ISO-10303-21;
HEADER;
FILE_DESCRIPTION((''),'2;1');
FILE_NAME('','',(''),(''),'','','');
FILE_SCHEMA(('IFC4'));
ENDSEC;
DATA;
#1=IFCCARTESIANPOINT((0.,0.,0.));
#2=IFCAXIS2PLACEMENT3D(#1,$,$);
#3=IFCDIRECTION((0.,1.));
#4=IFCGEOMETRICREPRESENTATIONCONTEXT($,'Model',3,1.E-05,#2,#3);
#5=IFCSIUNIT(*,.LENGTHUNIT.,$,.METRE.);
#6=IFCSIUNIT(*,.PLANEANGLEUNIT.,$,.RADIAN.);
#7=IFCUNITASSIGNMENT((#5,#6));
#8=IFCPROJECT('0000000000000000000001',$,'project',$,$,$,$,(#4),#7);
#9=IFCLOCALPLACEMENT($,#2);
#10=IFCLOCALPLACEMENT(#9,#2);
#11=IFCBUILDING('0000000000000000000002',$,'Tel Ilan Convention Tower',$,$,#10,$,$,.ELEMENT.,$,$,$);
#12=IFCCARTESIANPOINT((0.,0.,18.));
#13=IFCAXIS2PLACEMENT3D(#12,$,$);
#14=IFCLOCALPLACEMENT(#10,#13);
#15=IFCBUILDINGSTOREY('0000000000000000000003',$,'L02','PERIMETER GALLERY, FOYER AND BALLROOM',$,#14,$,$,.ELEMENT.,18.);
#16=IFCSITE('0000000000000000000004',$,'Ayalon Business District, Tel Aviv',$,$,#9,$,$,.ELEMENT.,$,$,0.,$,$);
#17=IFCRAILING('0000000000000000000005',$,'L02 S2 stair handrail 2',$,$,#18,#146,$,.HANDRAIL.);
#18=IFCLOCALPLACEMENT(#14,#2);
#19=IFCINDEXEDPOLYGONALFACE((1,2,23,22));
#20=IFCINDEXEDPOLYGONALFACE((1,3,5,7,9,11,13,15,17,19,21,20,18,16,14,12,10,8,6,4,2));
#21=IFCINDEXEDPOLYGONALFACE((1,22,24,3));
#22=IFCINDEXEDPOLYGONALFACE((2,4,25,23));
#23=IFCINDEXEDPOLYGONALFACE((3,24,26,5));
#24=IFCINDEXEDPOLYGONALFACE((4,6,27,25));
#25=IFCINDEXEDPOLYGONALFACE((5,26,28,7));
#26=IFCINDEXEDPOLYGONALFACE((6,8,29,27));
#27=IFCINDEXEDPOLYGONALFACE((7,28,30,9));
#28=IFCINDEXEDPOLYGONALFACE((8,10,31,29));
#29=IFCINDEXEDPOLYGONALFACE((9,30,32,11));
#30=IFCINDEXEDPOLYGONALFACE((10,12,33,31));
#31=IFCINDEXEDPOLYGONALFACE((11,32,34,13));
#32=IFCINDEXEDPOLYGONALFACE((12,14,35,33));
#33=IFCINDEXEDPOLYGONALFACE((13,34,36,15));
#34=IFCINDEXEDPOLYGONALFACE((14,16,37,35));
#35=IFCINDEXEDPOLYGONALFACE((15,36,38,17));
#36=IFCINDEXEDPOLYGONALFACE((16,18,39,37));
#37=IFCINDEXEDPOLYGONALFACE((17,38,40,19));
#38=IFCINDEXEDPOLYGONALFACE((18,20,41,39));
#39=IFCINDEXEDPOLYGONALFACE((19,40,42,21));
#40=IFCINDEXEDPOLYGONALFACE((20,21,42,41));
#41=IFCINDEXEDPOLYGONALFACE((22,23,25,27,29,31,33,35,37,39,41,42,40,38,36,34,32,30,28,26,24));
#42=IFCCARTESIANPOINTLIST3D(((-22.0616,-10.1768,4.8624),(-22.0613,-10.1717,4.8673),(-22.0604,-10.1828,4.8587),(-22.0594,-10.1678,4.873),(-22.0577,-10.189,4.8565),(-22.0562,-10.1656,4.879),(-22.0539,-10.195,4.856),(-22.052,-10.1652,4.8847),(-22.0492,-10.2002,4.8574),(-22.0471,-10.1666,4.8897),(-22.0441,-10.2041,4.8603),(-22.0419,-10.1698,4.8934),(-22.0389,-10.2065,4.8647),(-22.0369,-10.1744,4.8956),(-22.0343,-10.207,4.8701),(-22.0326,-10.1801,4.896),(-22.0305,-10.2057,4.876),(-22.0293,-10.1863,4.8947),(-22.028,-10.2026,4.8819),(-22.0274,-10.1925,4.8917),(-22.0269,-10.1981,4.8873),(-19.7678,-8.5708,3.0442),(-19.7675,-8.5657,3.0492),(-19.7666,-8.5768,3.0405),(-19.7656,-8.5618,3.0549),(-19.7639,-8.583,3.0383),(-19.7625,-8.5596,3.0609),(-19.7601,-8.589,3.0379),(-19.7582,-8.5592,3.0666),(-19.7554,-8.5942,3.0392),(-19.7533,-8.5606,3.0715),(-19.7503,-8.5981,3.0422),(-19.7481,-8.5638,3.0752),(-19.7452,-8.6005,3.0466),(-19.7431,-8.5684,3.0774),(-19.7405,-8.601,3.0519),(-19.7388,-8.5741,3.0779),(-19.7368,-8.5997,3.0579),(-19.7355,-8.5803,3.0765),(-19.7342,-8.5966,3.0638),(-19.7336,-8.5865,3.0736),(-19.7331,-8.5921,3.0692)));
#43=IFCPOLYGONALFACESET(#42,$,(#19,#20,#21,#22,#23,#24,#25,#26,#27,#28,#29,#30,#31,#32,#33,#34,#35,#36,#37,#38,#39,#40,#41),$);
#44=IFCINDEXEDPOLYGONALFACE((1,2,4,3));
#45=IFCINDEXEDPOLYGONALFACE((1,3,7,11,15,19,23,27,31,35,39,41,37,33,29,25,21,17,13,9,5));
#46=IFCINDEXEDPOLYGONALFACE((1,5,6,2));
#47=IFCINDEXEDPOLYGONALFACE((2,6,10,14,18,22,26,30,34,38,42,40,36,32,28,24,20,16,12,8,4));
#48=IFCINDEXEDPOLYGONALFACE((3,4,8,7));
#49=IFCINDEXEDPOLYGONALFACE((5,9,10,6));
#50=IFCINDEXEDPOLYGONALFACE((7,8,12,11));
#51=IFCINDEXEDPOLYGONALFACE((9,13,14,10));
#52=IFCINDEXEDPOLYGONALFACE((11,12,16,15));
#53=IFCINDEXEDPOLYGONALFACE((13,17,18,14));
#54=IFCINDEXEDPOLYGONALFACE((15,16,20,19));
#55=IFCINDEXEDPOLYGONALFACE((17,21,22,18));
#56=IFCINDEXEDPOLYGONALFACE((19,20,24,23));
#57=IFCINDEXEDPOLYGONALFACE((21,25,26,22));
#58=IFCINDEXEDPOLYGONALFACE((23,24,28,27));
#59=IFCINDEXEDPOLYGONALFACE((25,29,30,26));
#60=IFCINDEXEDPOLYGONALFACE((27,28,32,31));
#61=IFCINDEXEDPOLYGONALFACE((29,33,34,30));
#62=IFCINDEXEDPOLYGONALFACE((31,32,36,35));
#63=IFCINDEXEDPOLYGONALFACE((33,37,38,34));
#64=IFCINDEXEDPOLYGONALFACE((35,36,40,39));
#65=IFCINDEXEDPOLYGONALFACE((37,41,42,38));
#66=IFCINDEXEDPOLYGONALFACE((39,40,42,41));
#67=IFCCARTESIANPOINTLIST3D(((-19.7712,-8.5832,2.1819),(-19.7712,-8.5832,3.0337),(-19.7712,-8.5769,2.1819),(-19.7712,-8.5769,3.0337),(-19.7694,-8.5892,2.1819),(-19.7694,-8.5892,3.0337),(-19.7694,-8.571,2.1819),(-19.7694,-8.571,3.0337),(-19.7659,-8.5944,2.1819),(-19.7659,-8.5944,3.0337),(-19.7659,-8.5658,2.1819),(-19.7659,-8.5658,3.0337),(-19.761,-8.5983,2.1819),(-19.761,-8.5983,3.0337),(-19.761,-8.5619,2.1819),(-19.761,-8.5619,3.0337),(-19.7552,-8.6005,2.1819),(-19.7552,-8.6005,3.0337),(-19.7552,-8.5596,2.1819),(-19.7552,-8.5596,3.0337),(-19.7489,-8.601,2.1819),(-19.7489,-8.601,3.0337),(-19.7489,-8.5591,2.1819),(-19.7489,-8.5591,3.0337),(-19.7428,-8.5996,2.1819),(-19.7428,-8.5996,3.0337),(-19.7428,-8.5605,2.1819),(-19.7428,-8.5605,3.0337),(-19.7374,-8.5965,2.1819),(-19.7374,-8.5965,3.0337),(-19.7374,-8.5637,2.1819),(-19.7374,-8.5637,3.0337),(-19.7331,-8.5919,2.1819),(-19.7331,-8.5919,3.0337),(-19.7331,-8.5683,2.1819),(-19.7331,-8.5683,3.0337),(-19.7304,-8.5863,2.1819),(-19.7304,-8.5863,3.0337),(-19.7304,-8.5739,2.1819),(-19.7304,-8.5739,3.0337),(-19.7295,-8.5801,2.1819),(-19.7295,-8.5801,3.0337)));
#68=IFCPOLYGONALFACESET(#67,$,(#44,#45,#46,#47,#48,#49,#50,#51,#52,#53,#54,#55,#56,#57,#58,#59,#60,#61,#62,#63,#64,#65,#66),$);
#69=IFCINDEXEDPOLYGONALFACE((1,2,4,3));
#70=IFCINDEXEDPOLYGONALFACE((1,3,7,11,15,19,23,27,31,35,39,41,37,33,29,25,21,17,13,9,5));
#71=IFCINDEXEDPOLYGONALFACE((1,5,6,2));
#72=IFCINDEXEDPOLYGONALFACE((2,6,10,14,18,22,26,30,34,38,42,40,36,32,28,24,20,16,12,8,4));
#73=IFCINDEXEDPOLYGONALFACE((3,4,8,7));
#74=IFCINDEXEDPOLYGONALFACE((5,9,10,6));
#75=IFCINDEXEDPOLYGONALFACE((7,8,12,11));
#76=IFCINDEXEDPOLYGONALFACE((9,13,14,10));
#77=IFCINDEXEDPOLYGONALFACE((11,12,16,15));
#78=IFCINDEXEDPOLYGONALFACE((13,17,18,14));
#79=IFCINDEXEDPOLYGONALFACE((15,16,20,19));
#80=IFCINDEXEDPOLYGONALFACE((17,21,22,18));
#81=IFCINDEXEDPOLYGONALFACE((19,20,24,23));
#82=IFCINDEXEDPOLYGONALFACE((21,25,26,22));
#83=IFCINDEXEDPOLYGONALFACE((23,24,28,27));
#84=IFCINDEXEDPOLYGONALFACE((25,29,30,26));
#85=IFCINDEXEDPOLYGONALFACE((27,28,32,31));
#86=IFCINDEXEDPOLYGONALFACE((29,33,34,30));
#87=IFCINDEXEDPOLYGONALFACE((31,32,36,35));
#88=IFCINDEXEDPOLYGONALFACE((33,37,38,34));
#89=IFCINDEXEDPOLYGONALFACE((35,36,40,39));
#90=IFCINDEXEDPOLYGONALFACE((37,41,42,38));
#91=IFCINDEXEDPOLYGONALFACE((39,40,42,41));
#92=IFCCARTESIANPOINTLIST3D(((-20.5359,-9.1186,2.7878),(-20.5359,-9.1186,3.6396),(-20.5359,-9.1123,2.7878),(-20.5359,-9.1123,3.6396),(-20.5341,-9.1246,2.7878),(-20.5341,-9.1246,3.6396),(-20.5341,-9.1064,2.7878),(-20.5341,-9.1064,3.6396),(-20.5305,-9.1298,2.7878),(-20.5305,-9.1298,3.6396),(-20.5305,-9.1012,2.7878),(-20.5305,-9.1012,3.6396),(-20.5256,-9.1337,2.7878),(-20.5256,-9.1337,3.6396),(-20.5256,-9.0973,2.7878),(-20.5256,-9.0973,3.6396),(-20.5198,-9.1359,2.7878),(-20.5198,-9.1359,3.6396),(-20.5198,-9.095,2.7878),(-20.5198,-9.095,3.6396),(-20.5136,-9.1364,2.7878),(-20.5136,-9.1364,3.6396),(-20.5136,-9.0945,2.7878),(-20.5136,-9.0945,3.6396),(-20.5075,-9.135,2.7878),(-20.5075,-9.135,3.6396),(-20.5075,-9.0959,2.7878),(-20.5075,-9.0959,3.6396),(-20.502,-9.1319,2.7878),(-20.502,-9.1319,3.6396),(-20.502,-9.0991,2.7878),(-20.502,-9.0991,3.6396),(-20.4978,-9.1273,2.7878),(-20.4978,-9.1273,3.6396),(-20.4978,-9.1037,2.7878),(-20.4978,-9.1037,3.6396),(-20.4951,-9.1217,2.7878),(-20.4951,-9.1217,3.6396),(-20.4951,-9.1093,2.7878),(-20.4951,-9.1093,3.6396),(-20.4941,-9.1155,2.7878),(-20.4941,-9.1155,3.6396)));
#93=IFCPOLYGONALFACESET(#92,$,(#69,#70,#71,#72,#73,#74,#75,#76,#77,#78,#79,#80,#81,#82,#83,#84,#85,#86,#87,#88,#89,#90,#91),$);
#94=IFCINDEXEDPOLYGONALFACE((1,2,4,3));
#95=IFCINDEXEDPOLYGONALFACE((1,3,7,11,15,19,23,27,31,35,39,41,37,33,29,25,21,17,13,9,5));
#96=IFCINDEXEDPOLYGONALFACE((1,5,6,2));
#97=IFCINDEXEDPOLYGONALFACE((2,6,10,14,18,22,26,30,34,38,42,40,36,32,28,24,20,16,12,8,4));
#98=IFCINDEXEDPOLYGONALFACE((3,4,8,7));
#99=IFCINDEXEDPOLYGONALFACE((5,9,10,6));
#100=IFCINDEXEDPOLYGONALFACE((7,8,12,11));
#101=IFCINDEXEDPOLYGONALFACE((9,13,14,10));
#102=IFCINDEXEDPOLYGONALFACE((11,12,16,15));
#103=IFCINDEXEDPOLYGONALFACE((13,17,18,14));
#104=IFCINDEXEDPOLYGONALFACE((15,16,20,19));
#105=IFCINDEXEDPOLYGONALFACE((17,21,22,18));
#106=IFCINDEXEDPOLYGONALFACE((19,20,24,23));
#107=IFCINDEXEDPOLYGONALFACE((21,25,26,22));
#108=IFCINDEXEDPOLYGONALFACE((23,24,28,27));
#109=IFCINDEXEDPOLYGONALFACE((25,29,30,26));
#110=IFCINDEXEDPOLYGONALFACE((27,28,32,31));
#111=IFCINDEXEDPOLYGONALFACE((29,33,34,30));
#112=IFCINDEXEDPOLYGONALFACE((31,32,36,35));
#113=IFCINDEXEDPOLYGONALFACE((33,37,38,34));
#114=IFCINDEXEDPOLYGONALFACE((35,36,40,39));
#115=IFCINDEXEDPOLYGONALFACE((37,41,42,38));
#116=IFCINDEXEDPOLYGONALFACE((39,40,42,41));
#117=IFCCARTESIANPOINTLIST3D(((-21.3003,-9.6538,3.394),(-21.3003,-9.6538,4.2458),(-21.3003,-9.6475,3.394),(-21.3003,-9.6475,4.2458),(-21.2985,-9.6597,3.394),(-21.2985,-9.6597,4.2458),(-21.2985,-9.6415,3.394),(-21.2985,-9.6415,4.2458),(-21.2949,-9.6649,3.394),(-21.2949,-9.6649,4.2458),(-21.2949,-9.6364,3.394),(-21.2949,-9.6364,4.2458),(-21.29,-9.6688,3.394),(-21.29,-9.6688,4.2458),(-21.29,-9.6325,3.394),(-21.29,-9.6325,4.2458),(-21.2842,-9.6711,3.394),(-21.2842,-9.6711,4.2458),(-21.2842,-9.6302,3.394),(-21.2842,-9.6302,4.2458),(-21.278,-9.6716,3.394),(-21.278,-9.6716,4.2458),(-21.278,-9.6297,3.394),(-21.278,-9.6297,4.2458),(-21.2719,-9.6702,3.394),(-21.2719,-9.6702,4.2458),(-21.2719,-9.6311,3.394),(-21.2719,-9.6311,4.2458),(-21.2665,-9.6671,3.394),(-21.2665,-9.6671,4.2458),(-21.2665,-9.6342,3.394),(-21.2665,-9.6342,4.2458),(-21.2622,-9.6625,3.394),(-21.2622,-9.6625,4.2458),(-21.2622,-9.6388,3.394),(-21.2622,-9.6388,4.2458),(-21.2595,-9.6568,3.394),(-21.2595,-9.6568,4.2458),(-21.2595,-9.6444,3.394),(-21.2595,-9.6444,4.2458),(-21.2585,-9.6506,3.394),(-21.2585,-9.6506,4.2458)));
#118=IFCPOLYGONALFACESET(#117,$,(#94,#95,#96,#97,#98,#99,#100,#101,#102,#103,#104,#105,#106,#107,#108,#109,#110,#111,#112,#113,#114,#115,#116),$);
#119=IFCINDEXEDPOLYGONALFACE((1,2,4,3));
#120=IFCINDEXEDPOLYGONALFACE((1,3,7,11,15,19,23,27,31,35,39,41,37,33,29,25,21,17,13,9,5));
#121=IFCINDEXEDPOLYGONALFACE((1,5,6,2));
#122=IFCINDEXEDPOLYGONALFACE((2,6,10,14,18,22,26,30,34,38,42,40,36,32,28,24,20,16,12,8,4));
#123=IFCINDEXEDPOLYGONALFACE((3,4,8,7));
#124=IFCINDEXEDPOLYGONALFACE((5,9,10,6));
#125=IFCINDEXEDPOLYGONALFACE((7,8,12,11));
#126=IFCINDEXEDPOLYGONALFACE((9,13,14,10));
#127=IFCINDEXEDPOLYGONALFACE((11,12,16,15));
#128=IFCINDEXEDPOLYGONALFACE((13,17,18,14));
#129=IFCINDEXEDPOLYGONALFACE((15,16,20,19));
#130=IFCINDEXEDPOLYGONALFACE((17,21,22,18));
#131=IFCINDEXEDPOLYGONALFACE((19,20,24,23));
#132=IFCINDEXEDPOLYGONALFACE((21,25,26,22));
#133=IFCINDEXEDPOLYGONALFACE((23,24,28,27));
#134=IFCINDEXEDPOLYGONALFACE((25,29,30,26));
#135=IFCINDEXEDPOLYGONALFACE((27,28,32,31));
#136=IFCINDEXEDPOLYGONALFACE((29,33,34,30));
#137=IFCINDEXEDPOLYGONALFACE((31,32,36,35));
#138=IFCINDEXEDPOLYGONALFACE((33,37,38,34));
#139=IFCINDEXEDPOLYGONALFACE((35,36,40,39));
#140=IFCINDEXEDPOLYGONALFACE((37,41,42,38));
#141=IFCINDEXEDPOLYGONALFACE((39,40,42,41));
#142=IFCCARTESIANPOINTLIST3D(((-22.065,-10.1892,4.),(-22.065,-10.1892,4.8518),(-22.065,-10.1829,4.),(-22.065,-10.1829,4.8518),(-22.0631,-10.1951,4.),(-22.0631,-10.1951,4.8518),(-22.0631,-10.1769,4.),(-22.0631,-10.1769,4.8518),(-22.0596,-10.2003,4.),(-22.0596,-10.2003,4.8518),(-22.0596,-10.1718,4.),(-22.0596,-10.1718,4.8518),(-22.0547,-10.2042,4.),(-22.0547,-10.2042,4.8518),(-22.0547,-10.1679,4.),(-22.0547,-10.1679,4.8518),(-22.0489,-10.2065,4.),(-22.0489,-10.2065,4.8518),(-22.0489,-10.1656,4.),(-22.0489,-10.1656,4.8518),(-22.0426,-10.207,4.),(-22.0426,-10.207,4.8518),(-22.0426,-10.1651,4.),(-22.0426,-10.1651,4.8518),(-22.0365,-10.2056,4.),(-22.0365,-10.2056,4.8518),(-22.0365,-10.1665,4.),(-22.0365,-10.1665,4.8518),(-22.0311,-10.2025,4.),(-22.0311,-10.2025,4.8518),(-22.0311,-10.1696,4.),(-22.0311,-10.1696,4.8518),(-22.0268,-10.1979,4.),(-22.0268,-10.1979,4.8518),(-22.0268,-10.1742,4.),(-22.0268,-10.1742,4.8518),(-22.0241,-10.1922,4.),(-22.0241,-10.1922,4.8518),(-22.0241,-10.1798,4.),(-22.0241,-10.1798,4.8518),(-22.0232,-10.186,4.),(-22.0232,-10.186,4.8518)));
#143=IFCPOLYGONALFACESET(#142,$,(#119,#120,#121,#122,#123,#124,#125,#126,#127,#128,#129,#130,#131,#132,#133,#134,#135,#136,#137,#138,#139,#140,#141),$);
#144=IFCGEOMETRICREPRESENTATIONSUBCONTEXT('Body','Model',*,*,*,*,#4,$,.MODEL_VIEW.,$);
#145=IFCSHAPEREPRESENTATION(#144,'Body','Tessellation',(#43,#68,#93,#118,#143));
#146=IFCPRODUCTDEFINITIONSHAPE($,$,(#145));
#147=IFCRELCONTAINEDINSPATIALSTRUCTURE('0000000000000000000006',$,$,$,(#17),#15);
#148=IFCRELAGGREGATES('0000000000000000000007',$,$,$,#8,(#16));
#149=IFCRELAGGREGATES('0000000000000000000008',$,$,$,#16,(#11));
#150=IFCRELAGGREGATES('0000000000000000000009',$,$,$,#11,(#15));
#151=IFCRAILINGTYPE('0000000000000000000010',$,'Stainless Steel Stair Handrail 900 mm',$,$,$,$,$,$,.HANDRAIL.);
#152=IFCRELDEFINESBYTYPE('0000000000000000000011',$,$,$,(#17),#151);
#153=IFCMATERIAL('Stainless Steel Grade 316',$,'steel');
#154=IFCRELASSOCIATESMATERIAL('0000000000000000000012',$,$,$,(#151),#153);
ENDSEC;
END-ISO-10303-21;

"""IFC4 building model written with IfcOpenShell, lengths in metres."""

from ifc_helpers import new_model, si_unit, direction, frame, origin, origin_2d, place, context, subcontext, project, spatial, circle, extrude, material, type_object, element, save


model = new_model("IFC4")

# Units and contexts
model_context = context("Model", 3, precision=1e-05, world=origin(), true_north=direction((0.0, 1.0)))
body_context = subcontext(model_context, "Body", "Model", "MODEL_VIEW")
ifc_project = project(units=[si_unit("LENGTHUNIT", "METRE"), si_unit("PLANEANGLEUNIT", "RADIAN")], contexts=[model_context])

# Site, building, storey
site_placement = place(None, origin())
site = spatial("IfcSite", under=ifc_project, at=site_placement, Name="Ayalon Business District, Tel Aviv", CompositionType="ELEMENT", RefElevation=0.0)
building_placement = place(site_placement, origin())
building = spatial("IfcBuilding", under=site, at=building_placement, Name="Tel Ilan Convention Tower", CompositionType="ELEMENT")
storey_placement = place(building_placement, frame((0.0, 0.0, 18.0)))
storey = spatial("IfcBuildingStorey", under=building, at=storey_placement, Name="L02", Description="PERIMETER GALLERY, FOYER AND BALLROOM", CompositionType="ELEMENT", Elevation=18.0)

# Railing
ifc_material_1 = material(Name="Stainless Steel Grade 316", Category="steel")
railing_type_1 = type_object("IfcRailingType", Name="Stainless Steel Stair Handrail 900 mm", PredefinedType="HANDRAIL", material=ifc_material_1)
for number, where, name in (
    (1, (-19.7505, -8.5801, 2.1819), "L02 S2 stair handrail 2"),
):
    element("IfcRailing", number, at=place(storey_placement, frame(where)), inside=storey, type_object=railing_type_1, Name=name, PredefinedType="HANDRAIL", context=body_context, shape_type="SweptSolid", body=[
        extrude(circle(Radius=0.0239, at=origin_2d()), frame((0.0, 0.0, 0.876), z_axis=(-0.687042, -0.481039, 0.544587), x_axis=(0.57355, -0.81917, 0.0)), (0.0, 0.0, 1.0), 3.3386),
        extrude(circle(Radius=0.021, at=origin_2d()), origin(), (0.0, 0.0, 1.0), 0.8518),
        extrude(circle(Radius=0.021, at=origin_2d()), frame((-0.7646, -0.5354, 0.606)), (0.0, 0.0, 1.0), 0.8518),
        extrude(circle(Radius=0.021, at=origin_2d()), frame((-1.5291, -1.0706, 1.2122)), (0.0, 0.0, 1.0), 0.8518),
        extrude(circle(Radius=0.021, at=origin_2d()), frame((-2.2937, -1.606, 1.8181)), (0.0, 0.0, 1.0), 0.8518),
    ])

save(model, "model.ifc")
